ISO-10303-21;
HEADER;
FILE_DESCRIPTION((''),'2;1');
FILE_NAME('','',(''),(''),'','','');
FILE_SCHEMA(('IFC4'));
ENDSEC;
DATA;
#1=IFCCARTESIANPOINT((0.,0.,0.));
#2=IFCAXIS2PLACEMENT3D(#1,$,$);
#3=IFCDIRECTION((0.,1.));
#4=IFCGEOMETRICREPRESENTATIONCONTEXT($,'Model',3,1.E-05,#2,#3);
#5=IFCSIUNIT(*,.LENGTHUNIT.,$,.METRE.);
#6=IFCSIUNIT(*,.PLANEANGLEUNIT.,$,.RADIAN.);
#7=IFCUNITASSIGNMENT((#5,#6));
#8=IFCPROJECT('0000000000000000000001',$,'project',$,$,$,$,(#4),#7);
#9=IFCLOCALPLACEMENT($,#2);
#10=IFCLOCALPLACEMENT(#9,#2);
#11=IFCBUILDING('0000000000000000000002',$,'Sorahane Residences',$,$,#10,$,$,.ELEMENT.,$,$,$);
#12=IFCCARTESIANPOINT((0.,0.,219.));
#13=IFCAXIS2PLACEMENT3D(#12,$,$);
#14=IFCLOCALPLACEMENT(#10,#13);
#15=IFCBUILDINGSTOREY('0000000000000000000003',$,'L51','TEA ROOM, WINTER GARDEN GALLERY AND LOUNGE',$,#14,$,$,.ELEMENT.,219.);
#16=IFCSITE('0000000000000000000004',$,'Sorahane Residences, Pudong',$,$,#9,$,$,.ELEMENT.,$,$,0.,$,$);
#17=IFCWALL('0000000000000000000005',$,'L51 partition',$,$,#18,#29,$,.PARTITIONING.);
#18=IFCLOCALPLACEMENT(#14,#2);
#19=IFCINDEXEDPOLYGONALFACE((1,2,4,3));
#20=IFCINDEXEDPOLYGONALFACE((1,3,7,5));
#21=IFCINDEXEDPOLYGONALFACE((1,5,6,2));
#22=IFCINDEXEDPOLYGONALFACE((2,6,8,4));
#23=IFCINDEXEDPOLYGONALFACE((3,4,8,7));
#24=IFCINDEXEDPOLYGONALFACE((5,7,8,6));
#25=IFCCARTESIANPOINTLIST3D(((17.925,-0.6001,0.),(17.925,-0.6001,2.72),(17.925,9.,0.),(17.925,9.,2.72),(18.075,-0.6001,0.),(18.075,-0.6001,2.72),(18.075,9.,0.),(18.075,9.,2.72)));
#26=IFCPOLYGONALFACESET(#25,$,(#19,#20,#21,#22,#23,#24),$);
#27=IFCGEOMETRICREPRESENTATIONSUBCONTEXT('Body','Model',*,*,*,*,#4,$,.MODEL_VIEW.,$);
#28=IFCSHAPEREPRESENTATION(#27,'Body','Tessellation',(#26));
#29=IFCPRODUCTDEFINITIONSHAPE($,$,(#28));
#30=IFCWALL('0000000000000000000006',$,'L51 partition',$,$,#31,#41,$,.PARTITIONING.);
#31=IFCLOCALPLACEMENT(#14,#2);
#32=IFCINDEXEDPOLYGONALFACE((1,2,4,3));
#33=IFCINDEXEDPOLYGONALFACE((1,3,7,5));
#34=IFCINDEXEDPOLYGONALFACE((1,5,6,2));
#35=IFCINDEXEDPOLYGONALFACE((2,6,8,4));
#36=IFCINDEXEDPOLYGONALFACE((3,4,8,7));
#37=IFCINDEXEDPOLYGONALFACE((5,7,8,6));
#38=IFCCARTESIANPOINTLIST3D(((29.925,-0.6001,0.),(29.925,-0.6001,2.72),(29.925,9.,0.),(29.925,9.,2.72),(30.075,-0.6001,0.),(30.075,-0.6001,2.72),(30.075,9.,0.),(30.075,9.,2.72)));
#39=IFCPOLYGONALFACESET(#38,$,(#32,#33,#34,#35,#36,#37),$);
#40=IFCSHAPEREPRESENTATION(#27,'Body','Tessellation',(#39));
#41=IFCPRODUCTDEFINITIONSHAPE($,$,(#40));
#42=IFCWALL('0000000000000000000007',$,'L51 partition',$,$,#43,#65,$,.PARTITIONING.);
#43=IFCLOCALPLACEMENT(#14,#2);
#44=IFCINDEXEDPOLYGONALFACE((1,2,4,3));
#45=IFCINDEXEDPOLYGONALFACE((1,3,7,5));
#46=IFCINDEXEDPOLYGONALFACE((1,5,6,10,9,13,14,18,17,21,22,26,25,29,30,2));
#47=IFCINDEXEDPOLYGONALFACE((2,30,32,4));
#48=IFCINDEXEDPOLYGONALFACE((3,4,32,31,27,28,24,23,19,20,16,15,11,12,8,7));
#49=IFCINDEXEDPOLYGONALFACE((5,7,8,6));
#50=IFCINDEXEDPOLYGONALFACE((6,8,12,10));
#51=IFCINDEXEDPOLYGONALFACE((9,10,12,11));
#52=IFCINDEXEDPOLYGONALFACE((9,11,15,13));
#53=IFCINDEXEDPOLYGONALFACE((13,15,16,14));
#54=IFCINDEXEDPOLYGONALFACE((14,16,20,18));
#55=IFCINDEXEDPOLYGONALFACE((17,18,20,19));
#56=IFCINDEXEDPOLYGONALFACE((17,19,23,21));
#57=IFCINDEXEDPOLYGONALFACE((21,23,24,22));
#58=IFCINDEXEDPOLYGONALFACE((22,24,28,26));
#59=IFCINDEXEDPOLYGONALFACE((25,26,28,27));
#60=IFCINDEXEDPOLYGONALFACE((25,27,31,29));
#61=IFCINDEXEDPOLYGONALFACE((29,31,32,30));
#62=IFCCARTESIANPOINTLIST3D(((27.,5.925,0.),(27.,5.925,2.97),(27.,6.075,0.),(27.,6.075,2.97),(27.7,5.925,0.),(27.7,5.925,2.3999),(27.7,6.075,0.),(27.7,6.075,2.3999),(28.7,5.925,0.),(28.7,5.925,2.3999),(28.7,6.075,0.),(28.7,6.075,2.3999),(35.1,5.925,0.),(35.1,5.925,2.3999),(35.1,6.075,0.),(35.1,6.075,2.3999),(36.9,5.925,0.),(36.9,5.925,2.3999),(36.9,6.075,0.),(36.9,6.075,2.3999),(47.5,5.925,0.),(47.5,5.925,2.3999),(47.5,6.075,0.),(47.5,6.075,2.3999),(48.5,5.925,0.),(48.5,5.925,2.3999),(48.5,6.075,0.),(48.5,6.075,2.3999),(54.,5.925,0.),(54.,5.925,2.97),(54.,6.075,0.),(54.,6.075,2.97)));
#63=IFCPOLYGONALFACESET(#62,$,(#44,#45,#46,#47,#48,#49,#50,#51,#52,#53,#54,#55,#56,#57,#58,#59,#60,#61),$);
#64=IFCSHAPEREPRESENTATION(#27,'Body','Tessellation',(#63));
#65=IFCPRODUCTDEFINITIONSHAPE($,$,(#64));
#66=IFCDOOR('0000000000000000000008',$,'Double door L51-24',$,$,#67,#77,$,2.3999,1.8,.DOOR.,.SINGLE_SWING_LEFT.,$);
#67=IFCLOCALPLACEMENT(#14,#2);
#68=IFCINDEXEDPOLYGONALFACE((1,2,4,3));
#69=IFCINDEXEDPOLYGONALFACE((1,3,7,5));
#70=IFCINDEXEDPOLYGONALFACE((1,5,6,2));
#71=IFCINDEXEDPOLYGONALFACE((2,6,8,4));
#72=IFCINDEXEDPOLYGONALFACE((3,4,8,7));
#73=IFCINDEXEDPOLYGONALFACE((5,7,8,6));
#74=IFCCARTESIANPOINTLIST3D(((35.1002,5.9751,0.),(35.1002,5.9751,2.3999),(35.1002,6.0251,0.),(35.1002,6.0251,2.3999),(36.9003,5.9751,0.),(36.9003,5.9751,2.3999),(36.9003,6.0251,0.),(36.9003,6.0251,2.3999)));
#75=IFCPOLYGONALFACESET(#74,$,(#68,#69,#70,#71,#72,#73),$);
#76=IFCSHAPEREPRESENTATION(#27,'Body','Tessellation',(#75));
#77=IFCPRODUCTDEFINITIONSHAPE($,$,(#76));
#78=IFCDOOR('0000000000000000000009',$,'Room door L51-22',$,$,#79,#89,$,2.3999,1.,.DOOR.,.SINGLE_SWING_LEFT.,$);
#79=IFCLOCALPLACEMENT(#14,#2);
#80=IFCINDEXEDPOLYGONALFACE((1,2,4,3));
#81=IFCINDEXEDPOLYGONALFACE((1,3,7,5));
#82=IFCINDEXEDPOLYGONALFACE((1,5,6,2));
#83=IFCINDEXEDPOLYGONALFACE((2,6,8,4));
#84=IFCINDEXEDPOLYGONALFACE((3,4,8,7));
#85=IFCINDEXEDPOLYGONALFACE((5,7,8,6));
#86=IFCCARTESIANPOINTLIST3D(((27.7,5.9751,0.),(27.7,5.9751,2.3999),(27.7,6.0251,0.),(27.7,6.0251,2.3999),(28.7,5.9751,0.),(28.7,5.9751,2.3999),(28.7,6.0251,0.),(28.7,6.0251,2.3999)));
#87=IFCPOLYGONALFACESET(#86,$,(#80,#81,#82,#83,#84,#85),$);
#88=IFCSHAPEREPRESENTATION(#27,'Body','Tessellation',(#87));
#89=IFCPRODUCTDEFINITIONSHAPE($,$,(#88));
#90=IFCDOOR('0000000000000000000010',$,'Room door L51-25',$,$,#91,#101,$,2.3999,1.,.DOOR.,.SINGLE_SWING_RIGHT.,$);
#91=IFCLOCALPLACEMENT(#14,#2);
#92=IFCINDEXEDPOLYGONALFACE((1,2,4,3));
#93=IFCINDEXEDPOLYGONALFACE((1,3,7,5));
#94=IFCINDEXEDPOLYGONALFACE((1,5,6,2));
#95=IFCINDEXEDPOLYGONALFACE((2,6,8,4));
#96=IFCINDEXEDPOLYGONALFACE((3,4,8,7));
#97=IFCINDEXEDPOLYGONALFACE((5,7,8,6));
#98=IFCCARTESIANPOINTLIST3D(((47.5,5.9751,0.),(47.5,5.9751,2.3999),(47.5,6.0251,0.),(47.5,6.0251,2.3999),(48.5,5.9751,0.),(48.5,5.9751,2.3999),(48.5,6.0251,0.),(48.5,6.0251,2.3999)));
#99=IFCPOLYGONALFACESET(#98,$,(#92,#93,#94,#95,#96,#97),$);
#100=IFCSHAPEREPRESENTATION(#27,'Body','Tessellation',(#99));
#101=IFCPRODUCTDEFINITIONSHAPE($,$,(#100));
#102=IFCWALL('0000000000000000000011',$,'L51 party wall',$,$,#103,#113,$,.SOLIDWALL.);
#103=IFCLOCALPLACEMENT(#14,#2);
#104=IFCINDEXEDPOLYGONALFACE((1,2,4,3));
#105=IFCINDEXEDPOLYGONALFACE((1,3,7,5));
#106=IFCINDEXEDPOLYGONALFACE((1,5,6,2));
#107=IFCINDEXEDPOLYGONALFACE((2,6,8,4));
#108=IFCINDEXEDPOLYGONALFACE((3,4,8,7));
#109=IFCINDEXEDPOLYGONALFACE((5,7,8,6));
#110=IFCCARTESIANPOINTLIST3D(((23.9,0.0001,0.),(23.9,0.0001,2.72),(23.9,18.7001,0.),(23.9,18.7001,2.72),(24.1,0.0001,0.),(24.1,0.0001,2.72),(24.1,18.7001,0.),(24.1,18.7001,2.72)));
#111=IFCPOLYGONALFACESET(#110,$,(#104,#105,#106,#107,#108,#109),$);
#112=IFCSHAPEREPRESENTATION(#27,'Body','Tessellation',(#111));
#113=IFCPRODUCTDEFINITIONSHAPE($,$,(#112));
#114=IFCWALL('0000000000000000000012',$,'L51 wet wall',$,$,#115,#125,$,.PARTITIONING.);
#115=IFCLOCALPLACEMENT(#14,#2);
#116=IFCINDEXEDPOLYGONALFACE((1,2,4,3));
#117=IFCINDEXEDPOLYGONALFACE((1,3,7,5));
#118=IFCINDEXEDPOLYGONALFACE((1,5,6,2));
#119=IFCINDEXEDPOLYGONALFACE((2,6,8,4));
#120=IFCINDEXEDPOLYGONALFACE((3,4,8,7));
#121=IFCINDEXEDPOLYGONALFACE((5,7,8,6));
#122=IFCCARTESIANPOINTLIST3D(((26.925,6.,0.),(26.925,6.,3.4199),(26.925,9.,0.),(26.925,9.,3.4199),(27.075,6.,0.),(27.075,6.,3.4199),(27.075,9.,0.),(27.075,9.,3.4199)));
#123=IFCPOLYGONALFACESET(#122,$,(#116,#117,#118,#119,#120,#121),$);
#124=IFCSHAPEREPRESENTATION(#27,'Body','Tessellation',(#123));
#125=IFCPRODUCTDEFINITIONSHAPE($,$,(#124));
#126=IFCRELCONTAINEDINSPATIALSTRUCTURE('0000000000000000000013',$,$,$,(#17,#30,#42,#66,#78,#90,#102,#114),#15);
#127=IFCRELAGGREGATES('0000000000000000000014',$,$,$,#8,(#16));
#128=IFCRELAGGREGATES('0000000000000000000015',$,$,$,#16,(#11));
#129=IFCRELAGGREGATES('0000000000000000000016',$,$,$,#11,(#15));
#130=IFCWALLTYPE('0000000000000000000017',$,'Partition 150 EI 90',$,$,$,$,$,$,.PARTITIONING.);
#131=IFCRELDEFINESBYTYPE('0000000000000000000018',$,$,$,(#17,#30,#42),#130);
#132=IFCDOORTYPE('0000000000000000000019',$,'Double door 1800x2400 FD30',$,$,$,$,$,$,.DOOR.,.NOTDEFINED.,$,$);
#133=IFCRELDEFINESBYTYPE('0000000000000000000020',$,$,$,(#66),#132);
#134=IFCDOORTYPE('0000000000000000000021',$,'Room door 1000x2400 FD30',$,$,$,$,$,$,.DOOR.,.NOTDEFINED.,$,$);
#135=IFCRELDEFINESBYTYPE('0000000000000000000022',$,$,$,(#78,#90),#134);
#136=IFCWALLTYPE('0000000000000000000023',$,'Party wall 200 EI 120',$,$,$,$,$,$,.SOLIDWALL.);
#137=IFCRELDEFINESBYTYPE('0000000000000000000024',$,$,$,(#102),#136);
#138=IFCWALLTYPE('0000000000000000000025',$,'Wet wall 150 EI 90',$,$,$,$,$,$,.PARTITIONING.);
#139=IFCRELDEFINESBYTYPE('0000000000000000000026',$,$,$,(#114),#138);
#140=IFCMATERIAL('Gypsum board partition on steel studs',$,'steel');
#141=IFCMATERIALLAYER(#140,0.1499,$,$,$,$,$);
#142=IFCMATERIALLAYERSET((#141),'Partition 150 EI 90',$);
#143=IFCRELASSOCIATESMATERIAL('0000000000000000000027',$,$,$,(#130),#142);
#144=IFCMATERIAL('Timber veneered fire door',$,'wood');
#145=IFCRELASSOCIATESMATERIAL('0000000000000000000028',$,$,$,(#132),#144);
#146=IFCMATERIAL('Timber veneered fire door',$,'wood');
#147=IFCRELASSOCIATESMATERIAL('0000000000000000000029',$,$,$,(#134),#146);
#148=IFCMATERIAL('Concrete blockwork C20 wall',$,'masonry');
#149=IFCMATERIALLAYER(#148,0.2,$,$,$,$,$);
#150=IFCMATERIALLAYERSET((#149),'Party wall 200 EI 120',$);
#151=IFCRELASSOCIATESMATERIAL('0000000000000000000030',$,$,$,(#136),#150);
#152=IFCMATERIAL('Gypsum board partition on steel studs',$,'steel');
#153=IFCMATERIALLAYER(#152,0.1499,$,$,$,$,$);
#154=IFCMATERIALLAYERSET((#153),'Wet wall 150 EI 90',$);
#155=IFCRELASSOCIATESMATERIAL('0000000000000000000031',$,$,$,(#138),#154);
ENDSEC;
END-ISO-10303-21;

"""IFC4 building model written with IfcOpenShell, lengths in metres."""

from ifc_helpers import new_model, si_unit, direction, frame, frame_2d, origin, place, context, subcontext, project, spatial, rectangle, extrude, material, layer, layer_set, type_object, element, fill, save


model = new_model("IFC4")

# Units and contexts
model_context = context("Model", 3, precision=1e-05, world=origin(), true_north=direction((0.0, 1.0)))
body_context = subcontext(model_context, "Body", "Model", "MODEL_VIEW")
ifc_project = project(units=[si_unit("LENGTHUNIT", "METRE"), si_unit("PLANEANGLEUNIT", "RADIAN")], contexts=[model_context])

# Site, building, storey
site_placement = place(None, origin())
site = spatial("IfcSite", under=ifc_project, at=site_placement, Name="Sorahane Residences, Pudong", CompositionType="ELEMENT", RefElevation=0.0)
building_placement = place(site_placement, origin())
building = spatial("IfcBuilding", under=site, at=building_placement, Name="Sorahane Residences", CompositionType="ELEMENT")
storey_placement = place(building_placement, frame((0.0, 0.0, 219.0)))
storey = spatial("IfcBuildingStorey", under=building, at=storey_placement, Name="L51", Description="TEA ROOM, WINTER GARDEN GALLERY AND LOUNGE", CompositionType="ELEMENT", Elevation=219.0)

# Walls
ifc_material_1 = material(Name="Gypsum board partition on steel studs", Category="steel")
ifc_layer_1 = layer(ifc_material_1, 0.1499)
ifc_layer_set_1 = layer_set([ifc_layer_1], Name="Partition 150 EI 90")
wall_type_1 = type_object("IfcWallType", Name="Partition 150 EI 90", PredefinedType="PARTITIONING", material=ifc_layer_set_1)
for number, where, z_axis, x_axis, name in (
    (1, (18.0, -0.6001, 0.0), (0.0, 0.0, 1.0), (0.0, 1.0, 0.0), "L51 partition"),
    (2, (30.0, -0.6001, 0.0), (0.0, 0.0, 1.0), (0.0, 1.0, 0.0), "L51 partition"),
):
    element("IfcWall", number, at=place(storey_placement, frame(where, z_axis=z_axis, x_axis=x_axis)), inside=storey, type_object=wall_type_1, Name=name, PredefinedType="PARTITIONING", context=body_context, shape_type="SweptSolid", body=[
        extrude(rectangle(XDim=9.6001, YDim=0.1499, at=frame_2d((4.8, 0.0))), origin(), (0.0, 0.0, 1.0), 2.72),
    ])

# Wall, openings, doors
wall_1_placement = place(storey_placement, frame((27.0, 6.0, 0.0), z_axis=(0.0, 0.0, 1.0), x_axis=(1.0, 0.0, 0.0)))
wall_1 = element("IfcWall", 3, at=wall_1_placement, inside=storey, type_object=wall_type_1, Name="L51 partition", PredefinedType="PARTITIONING", context=body_context, shape_type="SweptSolid", body=[
    extrude(rectangle(XDim=27.0, YDim=0.1499, at=frame_2d((13.5, 0.0))), origin(), (0.0, 0.0, 1.0), 2.97),
])
opening_1_placement = place(wall_1_placement, frame((0.7, 0.0, 0.0)))
opening_1 = element("IfcOpeningElement", 4, at=opening_1_placement, cuts=wall_1, PredefinedType="OPENING", context=body_context, shape_type="SweptSolid", body=[
    extrude(rectangle(XDim=1.0, YDim=2.3999, at=frame_2d((0.5, 1.2))), frame((0.0, 0.085, 0.0), z_axis=(0.0, -1.0, 0.0), x_axis=(1.0, 0.0, 0.0)), (0.0, 0.0, 1.0), 0.1699),
])
opening_2_placement = place(wall_1_placement, frame((8.1001, 0.0, 0.0)))
opening_2 = element("IfcOpeningElement", 5, at=opening_2_placement, cuts=wall_1, PredefinedType="OPENING", context=body_context, shape_type="SweptSolid", body=[
    extrude(rectangle(XDim=1.8, YDim=2.3999, at=frame_2d((0.8999, 1.2))), frame((0.0, 0.085, 0.0), z_axis=(0.0, -1.0, 0.0), x_axis=(1.0, 0.0, 0.0)), (0.0, 0.0, 1.0), 0.1699),
])
opening_3_placement = place(wall_1_placement, frame((20.5, 0.0, 0.0)))
opening_3 = element("IfcOpeningElement", 6, at=opening_3_placement, cuts=wall_1, PredefinedType="OPENING", context=body_context, shape_type="SweptSolid", body=[
    extrude(rectangle(XDim=1.0, YDim=2.3999, at=frame_2d((0.5, 1.2))), frame((0.0, 0.085, 0.0), z_axis=(0.0, -1.0, 0.0), x_axis=(1.0, 0.0, 0.0)), (0.0, 0.0, 1.0), 0.1699),
])
ifc_material_2 = material(Name="Timber veneered fire door", Category="wood")
door_type_1 = type_object("IfcDoorType", Name="Double door 1800x2400 FD30", OperationType="NOTDEFINED", PredefinedType="DOOR", material=ifc_material_2)
door_1_placement = place(opening_2_placement, frame((1.8, 0.0, 0.0), z_axis=(0.0, 0.0, 1.0), x_axis=(-1.0, 0.0, 0.0)))
door_1 = element("IfcDoor", 7, at=door_1_placement, inside=storey, type_object=door_type_1, Name="Double door L51-24", OperationType="SINGLE_SWING_LEFT", OverallHeight=2.3999, OverallWidth=1.8, PredefinedType="DOOR", context=body_context, shape_type="SweptSolid", body=[
    extrude(rectangle(XDim=1.8, YDim=2.3999, at=frame_2d((0.8999, 1.2))), frame((0.0, 0.0249, 0.0), z_axis=(0.0, -1.0, 0.0), x_axis=(1.0, 0.0, 0.0)), (0.0, 0.0, 1.0), 0.05),
])
fill(opening_2, door_1)
ifc_material_3 = material(Name="Timber veneered fire door", Category="wood")
door_type_2 = type_object("IfcDoorType", Name="Room door 1000x2400 FD30", OperationType="NOTDEFINED", PredefinedType="DOOR", material=ifc_material_3)
door_2_placement = place(opening_1_placement, frame((1.0, 0.0, 0.0), z_axis=(0.0, 0.0, 1.0), x_axis=(-1.0, 0.0, 0.0)))
door_2 = element("IfcDoor", 8, at=door_2_placement, inside=storey, type_object=door_type_2, Name="Room door L51-22", OperationType="SINGLE_SWING_LEFT", OverallHeight=2.3999, OverallWidth=1.0, PredefinedType="DOOR", context=body_context, shape_type="SweptSolid", body=[
    extrude(rectangle(XDim=1.0, YDim=2.3999, at=frame_2d((0.5, 1.2))), frame((0.0, 0.0249, 0.0), z_axis=(0.0, -1.0, 0.0), x_axis=(1.0, 0.0, 0.0)), (0.0, 0.0, 1.0), 0.05),
])
fill(opening_1, door_2)
door_3_placement = place(opening_3_placement, frame((1.0, 0.0, 0.0), z_axis=(0.0, 0.0, 1.0), x_axis=(-1.0, 0.0, 0.0)))
door_3 = element("IfcDoor", 9, at=door_3_placement, inside=storey, type_object=door_type_2, Name="Room door L51-25", OperationType="SINGLE_SWING_RIGHT", OverallHeight=2.3999, OverallWidth=1.0, PredefinedType="DOOR", context=body_context, shape_type="SweptSolid", body=[
    extrude(rectangle(XDim=1.0, YDim=2.3999, at=frame_2d((0.5, 1.2))), frame((0.0, 0.0249, 0.0), z_axis=(0.0, -1.0, 0.0), x_axis=(1.0, 0.0, 0.0)), (0.0, 0.0, 1.0), 0.05),
])
fill(opening_3, door_3)

# Walls
ifc_material_4 = material(Name="Concrete blockwork C20 wall", Category="masonry")
ifc_layer_2 = layer(ifc_material_4, 0.2)
ifc_layer_set_2 = layer_set([ifc_layer_2], Name="Party wall 200 EI 120")
wall_type_2 = type_object("IfcWallType", Name="Party wall 200 EI 120", PredefinedType="SOLIDWALL", material=ifc_layer_set_2)
wall_2_placement = place(storey_placement, frame((24.0, 0.0, 0.0), z_axis=(0.0, 0.0, 1.0), x_axis=(0.0, 1.0, 0.0)))
element("IfcWall", 10, at=wall_2_placement, inside=storey, type_object=wall_type_2, Name="L51 party wall", PredefinedType="SOLIDWALL", context=body_context, shape_type="SweptSolid", body=[
    extrude(rectangle(XDim=18.7, YDim=0.2, at=frame_2d((9.3501, 0.0))), origin(), (0.0, 0.0, 1.0), 2.72),
])
ifc_material_5 = material(Name="Gypsum board partition on steel studs", Category="steel")
ifc_layer_3 = layer(ifc_material_5, 0.1499)
ifc_layer_set_3 = layer_set([ifc_layer_3], Name="Wet wall 150 EI 90")
wall_type_3 = type_object("IfcWallType", Name="Wet wall 150 EI 90", PredefinedType="PARTITIONING", material=ifc_layer_set_3)
wall_3_placement = place(storey_placement, frame((27.0, 6.0, 0.0), z_axis=(0.0, 0.0, 1.0), x_axis=(0.0, 1.0, 0.0)))
element("IfcWall", 11, at=wall_3_placement, inside=storey, type_object=wall_type_3, Name="L51 wet wall", PredefinedType="PARTITIONING", context=body_context, shape_type="SweptSolid", body=[
    extrude(rectangle(XDim=3.0, YDim=0.1499, at=frame_2d((1.5, 0.0))), origin(), (0.0, 0.0, 1.0), 3.4199),
])

save(model, "model.ifc")
